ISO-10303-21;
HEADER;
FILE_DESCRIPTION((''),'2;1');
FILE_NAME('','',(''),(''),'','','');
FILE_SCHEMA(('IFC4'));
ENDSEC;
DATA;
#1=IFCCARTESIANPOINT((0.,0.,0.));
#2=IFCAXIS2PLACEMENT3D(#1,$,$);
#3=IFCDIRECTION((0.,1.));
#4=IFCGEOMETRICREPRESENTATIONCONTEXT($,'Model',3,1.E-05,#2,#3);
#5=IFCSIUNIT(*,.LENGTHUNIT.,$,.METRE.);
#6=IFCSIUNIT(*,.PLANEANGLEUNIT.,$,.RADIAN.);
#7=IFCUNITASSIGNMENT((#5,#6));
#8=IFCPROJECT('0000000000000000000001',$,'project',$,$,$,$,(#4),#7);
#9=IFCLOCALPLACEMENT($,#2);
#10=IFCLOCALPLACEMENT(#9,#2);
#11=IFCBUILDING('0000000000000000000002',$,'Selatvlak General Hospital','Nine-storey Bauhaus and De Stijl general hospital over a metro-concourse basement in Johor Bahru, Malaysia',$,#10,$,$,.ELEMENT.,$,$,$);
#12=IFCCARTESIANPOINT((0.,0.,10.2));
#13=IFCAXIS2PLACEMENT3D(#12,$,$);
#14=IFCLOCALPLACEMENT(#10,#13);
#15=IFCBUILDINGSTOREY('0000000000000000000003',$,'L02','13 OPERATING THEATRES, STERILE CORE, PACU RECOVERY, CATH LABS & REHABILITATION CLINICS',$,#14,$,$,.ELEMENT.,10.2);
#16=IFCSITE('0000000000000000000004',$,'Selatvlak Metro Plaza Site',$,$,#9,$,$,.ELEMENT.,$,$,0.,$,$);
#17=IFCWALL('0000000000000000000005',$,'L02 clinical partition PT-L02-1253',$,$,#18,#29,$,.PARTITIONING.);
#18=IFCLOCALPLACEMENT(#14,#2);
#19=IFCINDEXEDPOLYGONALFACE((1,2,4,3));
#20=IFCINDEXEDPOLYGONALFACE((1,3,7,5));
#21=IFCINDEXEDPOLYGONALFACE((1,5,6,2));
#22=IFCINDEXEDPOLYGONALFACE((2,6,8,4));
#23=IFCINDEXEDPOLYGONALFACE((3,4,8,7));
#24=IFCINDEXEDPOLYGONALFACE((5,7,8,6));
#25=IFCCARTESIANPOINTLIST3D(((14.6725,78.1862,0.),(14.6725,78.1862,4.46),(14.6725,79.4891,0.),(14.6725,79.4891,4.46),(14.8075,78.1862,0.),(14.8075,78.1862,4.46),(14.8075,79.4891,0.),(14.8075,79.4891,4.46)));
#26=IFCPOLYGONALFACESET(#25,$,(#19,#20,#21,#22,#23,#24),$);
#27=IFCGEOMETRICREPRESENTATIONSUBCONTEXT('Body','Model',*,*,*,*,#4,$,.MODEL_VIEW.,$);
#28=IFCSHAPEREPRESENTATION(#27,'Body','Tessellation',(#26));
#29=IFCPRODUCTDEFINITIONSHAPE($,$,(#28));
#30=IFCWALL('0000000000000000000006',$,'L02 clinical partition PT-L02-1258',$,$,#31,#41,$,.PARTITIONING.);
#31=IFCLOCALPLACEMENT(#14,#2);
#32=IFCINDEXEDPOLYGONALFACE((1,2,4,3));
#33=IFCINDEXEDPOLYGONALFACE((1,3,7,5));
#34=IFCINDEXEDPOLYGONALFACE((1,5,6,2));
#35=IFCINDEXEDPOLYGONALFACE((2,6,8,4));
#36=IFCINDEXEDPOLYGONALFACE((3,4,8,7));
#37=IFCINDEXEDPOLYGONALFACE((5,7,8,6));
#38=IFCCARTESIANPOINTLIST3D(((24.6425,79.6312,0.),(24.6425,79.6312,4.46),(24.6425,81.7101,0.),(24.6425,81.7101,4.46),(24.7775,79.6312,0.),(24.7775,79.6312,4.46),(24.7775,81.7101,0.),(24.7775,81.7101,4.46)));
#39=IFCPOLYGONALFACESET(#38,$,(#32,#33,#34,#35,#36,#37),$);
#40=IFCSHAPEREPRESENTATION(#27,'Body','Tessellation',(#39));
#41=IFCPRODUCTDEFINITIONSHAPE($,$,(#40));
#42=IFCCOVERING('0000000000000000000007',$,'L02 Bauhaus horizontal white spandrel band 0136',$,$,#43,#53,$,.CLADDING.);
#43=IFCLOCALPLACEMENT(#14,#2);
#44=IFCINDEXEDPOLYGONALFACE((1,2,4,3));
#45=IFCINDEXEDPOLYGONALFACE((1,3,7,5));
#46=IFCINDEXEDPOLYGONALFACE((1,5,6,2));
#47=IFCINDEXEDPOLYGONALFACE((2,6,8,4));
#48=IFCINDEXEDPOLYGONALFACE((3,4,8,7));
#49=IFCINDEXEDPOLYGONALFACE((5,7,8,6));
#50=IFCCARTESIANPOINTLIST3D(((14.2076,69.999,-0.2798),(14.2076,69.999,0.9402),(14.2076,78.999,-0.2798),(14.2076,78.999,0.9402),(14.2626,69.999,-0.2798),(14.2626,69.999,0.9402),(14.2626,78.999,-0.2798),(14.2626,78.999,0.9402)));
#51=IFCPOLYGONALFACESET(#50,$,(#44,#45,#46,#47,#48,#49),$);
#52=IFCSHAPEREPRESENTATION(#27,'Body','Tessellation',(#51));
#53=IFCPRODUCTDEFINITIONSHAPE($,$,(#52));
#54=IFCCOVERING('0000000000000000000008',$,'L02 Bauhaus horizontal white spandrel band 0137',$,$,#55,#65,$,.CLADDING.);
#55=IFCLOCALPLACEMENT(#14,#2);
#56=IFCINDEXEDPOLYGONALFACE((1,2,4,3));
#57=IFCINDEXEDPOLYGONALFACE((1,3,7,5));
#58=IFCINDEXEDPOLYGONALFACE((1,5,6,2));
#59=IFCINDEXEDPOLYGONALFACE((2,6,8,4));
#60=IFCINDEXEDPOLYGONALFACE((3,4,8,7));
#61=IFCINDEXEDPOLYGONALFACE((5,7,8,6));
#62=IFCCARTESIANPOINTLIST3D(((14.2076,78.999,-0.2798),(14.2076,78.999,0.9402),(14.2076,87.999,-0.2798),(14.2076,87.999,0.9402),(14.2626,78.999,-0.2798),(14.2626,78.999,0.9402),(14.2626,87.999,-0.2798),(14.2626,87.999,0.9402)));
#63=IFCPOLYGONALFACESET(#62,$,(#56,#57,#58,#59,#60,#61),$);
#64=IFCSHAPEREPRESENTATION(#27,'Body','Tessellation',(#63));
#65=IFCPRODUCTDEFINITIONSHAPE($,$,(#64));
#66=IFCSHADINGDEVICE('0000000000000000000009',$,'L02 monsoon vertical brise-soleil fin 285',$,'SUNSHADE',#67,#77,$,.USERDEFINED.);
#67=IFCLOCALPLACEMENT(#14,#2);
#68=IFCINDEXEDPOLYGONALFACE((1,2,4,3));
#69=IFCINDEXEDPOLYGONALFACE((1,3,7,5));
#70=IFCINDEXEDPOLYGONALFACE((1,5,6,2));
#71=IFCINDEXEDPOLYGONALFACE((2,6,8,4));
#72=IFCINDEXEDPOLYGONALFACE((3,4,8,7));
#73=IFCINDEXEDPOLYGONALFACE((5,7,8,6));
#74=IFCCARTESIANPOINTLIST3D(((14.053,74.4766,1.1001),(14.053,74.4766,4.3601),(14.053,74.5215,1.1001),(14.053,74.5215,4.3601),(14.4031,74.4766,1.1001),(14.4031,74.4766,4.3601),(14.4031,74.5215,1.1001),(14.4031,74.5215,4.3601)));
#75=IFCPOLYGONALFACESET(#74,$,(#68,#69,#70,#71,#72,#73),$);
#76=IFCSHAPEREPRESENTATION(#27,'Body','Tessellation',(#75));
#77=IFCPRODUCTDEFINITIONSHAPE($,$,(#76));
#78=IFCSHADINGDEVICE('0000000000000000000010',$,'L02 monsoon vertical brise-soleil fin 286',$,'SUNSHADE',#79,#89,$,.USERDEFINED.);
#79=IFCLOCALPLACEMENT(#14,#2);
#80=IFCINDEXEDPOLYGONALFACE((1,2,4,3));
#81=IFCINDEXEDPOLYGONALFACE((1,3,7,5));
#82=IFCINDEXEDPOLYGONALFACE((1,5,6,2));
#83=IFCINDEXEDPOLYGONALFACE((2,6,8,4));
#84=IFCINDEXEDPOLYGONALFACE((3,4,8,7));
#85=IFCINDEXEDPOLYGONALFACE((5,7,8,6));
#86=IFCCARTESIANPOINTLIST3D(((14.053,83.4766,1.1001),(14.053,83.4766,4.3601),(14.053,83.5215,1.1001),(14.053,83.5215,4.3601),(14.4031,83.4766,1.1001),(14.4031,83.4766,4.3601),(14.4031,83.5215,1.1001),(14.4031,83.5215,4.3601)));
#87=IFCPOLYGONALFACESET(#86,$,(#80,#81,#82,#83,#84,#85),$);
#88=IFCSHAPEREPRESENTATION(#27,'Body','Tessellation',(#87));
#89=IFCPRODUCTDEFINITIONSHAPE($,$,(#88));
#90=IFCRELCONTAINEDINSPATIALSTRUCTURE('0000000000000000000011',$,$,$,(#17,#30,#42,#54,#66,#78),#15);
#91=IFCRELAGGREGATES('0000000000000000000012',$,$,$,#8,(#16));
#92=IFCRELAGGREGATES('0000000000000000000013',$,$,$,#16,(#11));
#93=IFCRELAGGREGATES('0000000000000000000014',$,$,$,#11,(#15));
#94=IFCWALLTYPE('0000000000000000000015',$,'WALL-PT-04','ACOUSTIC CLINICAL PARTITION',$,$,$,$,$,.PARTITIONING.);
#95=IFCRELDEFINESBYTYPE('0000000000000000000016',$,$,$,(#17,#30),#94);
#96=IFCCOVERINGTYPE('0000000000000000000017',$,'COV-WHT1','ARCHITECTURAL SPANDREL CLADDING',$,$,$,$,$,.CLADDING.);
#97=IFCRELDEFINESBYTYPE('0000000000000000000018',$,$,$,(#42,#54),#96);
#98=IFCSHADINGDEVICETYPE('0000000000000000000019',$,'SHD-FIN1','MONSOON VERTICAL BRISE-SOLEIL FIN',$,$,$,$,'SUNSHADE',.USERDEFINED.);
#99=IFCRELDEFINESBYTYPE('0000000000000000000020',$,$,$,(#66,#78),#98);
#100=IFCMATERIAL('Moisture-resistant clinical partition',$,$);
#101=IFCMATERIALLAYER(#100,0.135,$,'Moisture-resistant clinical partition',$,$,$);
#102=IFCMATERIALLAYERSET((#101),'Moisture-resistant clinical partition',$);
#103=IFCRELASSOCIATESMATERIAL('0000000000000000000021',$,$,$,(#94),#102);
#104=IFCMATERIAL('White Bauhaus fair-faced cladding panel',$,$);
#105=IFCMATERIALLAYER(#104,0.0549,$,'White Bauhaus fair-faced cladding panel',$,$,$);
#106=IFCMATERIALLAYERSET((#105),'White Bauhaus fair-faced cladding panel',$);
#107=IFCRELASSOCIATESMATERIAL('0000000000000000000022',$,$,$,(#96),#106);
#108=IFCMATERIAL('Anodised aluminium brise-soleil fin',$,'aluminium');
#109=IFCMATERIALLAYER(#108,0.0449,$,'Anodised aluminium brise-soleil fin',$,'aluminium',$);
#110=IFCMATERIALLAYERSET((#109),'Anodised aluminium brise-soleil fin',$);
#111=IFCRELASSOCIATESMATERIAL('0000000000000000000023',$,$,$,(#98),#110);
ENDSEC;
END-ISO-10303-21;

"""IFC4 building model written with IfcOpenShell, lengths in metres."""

from ifc_helpers import new_model, si_unit, direction, frame, frame_2d, origin, origin_2d, place, context, subcontext, project, spatial, rectangle, extrude, material, layer, layer_set, type_object, element, save


model = new_model("IFC4")

# Units and contexts
model_context = context("Model", 3, precision=1e-05, world=origin(), true_north=direction((0.0, 1.0)))
body_context = subcontext(model_context, "Body", "Model", "MODEL_VIEW")
ifc_project = project(units=[si_unit("LENGTHUNIT", "METRE"), si_unit("PLANEANGLEUNIT", "RADIAN")], contexts=[model_context])

# Site, building, storey
site_placement = place(None, origin())
site = spatial("IfcSite", under=ifc_project, at=site_placement, Name="Selatvlak Metro Plaza Site", CompositionType="ELEMENT", RefElevation=0.0)
building_placement = place(site_placement, origin())
building = spatial("IfcBuilding", under=site, at=building_placement, Name="Selatvlak General Hospital", Description="Nine-storey Bauhaus and De Stijl general hospital over a metro-concourse basement in Johor Bahru, Malaysia", CompositionType="ELEMENT")
storey_placement = place(building_placement, frame((0.0, 0.0, 10.2)))
storey = spatial("IfcBuildingStorey", under=building, at=storey_placement, Name="L02", Description="13 OPERATING THEATRES, STERILE CORE, PACU RECOVERY, CATH LABS & REHABILITATION CLINICS", CompositionType="ELEMENT", Elevation=10.2)

# Walls
ifc_material_1 = material(Name="Moisture-resistant clinical partition")
ifc_layer_1 = layer(ifc_material_1, 0.135, Name="Moisture-resistant clinical partition")
ifc_layer_set_1 = layer_set([ifc_layer_1], Name="Moisture-resistant clinical partition")
wall_type_1 = type_object("IfcWallType", Name="WALL-PT-04", Description="ACOUSTIC CLINICAL PARTITION", PredefinedType="PARTITIONING", material=ifc_layer_set_1)
wall_1_placement = place(storey_placement, frame((14.74, 79.489, 0.0), z_axis=(0.0, 0.0, 1.0), x_axis=(0.0, -1.0, 0.0)))
element("IfcWall", 1, at=wall_1_placement, inside=storey, type_object=wall_type_1, Name="L02 clinical partition PT-L02-1253", PredefinedType="PARTITIONING", context=body_context, shape_type="SweptSolid", body=[
    extrude(rectangle(XDim=1.303, YDim=0.135, at=frame_2d((0.6514, 0.0))), origin(), (0.0, 0.0, 1.0), 4.46),
])
wall_2_placement = place(storey_placement, frame((24.71, 79.6311, 0.0), z_axis=(0.0, 0.0, 1.0), x_axis=(0.0, 1.0, 0.0)))
element("IfcWall", 2, at=wall_2_placement, inside=storey, type_object=wall_type_1, Name="L02 clinical partition PT-L02-1258", PredefinedType="PARTITIONING", context=body_context, shape_type="SweptSolid", body=[
    extrude(rectangle(XDim=2.0789, YDim=0.135, at=frame_2d((1.0396, 0.0))), origin(), (0.0, 0.0, 1.0), 4.46),
])

# Coverings
ifc_material_2 = material(Name="White Bauhaus fair-faced cladding panel")
ifc_layer_2 = layer(ifc_material_2, 0.0549, Name="White Bauhaus fair-faced cladding panel")
ifc_layer_set_2 = layer_set([ifc_layer_2], Name="White Bauhaus fair-faced cladding panel")
covering_type = type_object("IfcCoveringType", Name="COV-WHT1", Description="ARCHITECTURAL SPANDREL CLADDING", PredefinedType="CLADDING", material=ifc_layer_set_2)
for number, where, z_axis, x_axis, name in (
    (3, (14.2351, 74.499, -0.2798), (0.0, 0.0, 1.0), (0.0, 1.0, 0.0), "L02 Bauhaus horizontal white spandrel band 0136"),
    (4, (14.2351, 83.499, -0.2798), (0.0, 0.0, 1.0), (0.0, 1.0, 0.0), "L02 Bauhaus horizontal white spandrel band 0137"),
):
    element("IfcCovering", number, at=place(storey_placement, frame(where, z_axis=z_axis, x_axis=x_axis)), inside=storey, type_object=covering_type, Name=name, PredefinedType="CLADDING", context=body_context, shape_type="SweptSolid", body=[
        extrude(rectangle(XDim=9.0, YDim=0.0549, at=origin_2d()), origin(), (0.0, 0.0, 1.0), 1.22),
    ])

# Shading devices
ifc_material_3 = material(Name="Anodised aluminium brise-soleil fin", Category="aluminium")
ifc_layer_3 = layer(ifc_material_3, 0.0449, Name="Anodised aluminium brise-soleil fin", Category="aluminium")
ifc_layer_set_3 = layer_set([ifc_layer_3], Name="Anodised aluminium brise-soleil fin")
shading_device_type = type_object("IfcShadingDeviceType", Name="SHD-FIN1", Description="MONSOON VERTICAL BRISE-SOLEIL FIN", ElementType="SUNSHADE", PredefinedType="USERDEFINED", material=ifc_layer_set_3)
for number, where, z_axis, x_axis, name in (
    (5, (14.228, 74.499, 1.1001), (0.0, 0.0, 1.0), (-1.0, 0.0, 0.0), "L02 monsoon vertical brise-soleil fin 285"),
    (6, (14.228, 83.499, 1.1001), (0.0, 0.0, 1.0), (-1.0, 0.0, 0.0), "L02 monsoon vertical brise-soleil fin 286"),
):
    element("IfcShadingDevice", number, at=place(storey_placement, frame(where, z_axis=z_axis, x_axis=x_axis)), inside=storey, type_object=shading_device_type, Name=name, ObjectType="SUNSHADE", PredefinedType="USERDEFINED", context=body_context, shape_type="SweptSolid", body=[
        extrude(rectangle(XDim=0.3501, YDim=0.0449, at=origin_2d()), origin(), (0.0, 0.0, 1.0), 3.26),
    ])

save(model, "model.ifc")
